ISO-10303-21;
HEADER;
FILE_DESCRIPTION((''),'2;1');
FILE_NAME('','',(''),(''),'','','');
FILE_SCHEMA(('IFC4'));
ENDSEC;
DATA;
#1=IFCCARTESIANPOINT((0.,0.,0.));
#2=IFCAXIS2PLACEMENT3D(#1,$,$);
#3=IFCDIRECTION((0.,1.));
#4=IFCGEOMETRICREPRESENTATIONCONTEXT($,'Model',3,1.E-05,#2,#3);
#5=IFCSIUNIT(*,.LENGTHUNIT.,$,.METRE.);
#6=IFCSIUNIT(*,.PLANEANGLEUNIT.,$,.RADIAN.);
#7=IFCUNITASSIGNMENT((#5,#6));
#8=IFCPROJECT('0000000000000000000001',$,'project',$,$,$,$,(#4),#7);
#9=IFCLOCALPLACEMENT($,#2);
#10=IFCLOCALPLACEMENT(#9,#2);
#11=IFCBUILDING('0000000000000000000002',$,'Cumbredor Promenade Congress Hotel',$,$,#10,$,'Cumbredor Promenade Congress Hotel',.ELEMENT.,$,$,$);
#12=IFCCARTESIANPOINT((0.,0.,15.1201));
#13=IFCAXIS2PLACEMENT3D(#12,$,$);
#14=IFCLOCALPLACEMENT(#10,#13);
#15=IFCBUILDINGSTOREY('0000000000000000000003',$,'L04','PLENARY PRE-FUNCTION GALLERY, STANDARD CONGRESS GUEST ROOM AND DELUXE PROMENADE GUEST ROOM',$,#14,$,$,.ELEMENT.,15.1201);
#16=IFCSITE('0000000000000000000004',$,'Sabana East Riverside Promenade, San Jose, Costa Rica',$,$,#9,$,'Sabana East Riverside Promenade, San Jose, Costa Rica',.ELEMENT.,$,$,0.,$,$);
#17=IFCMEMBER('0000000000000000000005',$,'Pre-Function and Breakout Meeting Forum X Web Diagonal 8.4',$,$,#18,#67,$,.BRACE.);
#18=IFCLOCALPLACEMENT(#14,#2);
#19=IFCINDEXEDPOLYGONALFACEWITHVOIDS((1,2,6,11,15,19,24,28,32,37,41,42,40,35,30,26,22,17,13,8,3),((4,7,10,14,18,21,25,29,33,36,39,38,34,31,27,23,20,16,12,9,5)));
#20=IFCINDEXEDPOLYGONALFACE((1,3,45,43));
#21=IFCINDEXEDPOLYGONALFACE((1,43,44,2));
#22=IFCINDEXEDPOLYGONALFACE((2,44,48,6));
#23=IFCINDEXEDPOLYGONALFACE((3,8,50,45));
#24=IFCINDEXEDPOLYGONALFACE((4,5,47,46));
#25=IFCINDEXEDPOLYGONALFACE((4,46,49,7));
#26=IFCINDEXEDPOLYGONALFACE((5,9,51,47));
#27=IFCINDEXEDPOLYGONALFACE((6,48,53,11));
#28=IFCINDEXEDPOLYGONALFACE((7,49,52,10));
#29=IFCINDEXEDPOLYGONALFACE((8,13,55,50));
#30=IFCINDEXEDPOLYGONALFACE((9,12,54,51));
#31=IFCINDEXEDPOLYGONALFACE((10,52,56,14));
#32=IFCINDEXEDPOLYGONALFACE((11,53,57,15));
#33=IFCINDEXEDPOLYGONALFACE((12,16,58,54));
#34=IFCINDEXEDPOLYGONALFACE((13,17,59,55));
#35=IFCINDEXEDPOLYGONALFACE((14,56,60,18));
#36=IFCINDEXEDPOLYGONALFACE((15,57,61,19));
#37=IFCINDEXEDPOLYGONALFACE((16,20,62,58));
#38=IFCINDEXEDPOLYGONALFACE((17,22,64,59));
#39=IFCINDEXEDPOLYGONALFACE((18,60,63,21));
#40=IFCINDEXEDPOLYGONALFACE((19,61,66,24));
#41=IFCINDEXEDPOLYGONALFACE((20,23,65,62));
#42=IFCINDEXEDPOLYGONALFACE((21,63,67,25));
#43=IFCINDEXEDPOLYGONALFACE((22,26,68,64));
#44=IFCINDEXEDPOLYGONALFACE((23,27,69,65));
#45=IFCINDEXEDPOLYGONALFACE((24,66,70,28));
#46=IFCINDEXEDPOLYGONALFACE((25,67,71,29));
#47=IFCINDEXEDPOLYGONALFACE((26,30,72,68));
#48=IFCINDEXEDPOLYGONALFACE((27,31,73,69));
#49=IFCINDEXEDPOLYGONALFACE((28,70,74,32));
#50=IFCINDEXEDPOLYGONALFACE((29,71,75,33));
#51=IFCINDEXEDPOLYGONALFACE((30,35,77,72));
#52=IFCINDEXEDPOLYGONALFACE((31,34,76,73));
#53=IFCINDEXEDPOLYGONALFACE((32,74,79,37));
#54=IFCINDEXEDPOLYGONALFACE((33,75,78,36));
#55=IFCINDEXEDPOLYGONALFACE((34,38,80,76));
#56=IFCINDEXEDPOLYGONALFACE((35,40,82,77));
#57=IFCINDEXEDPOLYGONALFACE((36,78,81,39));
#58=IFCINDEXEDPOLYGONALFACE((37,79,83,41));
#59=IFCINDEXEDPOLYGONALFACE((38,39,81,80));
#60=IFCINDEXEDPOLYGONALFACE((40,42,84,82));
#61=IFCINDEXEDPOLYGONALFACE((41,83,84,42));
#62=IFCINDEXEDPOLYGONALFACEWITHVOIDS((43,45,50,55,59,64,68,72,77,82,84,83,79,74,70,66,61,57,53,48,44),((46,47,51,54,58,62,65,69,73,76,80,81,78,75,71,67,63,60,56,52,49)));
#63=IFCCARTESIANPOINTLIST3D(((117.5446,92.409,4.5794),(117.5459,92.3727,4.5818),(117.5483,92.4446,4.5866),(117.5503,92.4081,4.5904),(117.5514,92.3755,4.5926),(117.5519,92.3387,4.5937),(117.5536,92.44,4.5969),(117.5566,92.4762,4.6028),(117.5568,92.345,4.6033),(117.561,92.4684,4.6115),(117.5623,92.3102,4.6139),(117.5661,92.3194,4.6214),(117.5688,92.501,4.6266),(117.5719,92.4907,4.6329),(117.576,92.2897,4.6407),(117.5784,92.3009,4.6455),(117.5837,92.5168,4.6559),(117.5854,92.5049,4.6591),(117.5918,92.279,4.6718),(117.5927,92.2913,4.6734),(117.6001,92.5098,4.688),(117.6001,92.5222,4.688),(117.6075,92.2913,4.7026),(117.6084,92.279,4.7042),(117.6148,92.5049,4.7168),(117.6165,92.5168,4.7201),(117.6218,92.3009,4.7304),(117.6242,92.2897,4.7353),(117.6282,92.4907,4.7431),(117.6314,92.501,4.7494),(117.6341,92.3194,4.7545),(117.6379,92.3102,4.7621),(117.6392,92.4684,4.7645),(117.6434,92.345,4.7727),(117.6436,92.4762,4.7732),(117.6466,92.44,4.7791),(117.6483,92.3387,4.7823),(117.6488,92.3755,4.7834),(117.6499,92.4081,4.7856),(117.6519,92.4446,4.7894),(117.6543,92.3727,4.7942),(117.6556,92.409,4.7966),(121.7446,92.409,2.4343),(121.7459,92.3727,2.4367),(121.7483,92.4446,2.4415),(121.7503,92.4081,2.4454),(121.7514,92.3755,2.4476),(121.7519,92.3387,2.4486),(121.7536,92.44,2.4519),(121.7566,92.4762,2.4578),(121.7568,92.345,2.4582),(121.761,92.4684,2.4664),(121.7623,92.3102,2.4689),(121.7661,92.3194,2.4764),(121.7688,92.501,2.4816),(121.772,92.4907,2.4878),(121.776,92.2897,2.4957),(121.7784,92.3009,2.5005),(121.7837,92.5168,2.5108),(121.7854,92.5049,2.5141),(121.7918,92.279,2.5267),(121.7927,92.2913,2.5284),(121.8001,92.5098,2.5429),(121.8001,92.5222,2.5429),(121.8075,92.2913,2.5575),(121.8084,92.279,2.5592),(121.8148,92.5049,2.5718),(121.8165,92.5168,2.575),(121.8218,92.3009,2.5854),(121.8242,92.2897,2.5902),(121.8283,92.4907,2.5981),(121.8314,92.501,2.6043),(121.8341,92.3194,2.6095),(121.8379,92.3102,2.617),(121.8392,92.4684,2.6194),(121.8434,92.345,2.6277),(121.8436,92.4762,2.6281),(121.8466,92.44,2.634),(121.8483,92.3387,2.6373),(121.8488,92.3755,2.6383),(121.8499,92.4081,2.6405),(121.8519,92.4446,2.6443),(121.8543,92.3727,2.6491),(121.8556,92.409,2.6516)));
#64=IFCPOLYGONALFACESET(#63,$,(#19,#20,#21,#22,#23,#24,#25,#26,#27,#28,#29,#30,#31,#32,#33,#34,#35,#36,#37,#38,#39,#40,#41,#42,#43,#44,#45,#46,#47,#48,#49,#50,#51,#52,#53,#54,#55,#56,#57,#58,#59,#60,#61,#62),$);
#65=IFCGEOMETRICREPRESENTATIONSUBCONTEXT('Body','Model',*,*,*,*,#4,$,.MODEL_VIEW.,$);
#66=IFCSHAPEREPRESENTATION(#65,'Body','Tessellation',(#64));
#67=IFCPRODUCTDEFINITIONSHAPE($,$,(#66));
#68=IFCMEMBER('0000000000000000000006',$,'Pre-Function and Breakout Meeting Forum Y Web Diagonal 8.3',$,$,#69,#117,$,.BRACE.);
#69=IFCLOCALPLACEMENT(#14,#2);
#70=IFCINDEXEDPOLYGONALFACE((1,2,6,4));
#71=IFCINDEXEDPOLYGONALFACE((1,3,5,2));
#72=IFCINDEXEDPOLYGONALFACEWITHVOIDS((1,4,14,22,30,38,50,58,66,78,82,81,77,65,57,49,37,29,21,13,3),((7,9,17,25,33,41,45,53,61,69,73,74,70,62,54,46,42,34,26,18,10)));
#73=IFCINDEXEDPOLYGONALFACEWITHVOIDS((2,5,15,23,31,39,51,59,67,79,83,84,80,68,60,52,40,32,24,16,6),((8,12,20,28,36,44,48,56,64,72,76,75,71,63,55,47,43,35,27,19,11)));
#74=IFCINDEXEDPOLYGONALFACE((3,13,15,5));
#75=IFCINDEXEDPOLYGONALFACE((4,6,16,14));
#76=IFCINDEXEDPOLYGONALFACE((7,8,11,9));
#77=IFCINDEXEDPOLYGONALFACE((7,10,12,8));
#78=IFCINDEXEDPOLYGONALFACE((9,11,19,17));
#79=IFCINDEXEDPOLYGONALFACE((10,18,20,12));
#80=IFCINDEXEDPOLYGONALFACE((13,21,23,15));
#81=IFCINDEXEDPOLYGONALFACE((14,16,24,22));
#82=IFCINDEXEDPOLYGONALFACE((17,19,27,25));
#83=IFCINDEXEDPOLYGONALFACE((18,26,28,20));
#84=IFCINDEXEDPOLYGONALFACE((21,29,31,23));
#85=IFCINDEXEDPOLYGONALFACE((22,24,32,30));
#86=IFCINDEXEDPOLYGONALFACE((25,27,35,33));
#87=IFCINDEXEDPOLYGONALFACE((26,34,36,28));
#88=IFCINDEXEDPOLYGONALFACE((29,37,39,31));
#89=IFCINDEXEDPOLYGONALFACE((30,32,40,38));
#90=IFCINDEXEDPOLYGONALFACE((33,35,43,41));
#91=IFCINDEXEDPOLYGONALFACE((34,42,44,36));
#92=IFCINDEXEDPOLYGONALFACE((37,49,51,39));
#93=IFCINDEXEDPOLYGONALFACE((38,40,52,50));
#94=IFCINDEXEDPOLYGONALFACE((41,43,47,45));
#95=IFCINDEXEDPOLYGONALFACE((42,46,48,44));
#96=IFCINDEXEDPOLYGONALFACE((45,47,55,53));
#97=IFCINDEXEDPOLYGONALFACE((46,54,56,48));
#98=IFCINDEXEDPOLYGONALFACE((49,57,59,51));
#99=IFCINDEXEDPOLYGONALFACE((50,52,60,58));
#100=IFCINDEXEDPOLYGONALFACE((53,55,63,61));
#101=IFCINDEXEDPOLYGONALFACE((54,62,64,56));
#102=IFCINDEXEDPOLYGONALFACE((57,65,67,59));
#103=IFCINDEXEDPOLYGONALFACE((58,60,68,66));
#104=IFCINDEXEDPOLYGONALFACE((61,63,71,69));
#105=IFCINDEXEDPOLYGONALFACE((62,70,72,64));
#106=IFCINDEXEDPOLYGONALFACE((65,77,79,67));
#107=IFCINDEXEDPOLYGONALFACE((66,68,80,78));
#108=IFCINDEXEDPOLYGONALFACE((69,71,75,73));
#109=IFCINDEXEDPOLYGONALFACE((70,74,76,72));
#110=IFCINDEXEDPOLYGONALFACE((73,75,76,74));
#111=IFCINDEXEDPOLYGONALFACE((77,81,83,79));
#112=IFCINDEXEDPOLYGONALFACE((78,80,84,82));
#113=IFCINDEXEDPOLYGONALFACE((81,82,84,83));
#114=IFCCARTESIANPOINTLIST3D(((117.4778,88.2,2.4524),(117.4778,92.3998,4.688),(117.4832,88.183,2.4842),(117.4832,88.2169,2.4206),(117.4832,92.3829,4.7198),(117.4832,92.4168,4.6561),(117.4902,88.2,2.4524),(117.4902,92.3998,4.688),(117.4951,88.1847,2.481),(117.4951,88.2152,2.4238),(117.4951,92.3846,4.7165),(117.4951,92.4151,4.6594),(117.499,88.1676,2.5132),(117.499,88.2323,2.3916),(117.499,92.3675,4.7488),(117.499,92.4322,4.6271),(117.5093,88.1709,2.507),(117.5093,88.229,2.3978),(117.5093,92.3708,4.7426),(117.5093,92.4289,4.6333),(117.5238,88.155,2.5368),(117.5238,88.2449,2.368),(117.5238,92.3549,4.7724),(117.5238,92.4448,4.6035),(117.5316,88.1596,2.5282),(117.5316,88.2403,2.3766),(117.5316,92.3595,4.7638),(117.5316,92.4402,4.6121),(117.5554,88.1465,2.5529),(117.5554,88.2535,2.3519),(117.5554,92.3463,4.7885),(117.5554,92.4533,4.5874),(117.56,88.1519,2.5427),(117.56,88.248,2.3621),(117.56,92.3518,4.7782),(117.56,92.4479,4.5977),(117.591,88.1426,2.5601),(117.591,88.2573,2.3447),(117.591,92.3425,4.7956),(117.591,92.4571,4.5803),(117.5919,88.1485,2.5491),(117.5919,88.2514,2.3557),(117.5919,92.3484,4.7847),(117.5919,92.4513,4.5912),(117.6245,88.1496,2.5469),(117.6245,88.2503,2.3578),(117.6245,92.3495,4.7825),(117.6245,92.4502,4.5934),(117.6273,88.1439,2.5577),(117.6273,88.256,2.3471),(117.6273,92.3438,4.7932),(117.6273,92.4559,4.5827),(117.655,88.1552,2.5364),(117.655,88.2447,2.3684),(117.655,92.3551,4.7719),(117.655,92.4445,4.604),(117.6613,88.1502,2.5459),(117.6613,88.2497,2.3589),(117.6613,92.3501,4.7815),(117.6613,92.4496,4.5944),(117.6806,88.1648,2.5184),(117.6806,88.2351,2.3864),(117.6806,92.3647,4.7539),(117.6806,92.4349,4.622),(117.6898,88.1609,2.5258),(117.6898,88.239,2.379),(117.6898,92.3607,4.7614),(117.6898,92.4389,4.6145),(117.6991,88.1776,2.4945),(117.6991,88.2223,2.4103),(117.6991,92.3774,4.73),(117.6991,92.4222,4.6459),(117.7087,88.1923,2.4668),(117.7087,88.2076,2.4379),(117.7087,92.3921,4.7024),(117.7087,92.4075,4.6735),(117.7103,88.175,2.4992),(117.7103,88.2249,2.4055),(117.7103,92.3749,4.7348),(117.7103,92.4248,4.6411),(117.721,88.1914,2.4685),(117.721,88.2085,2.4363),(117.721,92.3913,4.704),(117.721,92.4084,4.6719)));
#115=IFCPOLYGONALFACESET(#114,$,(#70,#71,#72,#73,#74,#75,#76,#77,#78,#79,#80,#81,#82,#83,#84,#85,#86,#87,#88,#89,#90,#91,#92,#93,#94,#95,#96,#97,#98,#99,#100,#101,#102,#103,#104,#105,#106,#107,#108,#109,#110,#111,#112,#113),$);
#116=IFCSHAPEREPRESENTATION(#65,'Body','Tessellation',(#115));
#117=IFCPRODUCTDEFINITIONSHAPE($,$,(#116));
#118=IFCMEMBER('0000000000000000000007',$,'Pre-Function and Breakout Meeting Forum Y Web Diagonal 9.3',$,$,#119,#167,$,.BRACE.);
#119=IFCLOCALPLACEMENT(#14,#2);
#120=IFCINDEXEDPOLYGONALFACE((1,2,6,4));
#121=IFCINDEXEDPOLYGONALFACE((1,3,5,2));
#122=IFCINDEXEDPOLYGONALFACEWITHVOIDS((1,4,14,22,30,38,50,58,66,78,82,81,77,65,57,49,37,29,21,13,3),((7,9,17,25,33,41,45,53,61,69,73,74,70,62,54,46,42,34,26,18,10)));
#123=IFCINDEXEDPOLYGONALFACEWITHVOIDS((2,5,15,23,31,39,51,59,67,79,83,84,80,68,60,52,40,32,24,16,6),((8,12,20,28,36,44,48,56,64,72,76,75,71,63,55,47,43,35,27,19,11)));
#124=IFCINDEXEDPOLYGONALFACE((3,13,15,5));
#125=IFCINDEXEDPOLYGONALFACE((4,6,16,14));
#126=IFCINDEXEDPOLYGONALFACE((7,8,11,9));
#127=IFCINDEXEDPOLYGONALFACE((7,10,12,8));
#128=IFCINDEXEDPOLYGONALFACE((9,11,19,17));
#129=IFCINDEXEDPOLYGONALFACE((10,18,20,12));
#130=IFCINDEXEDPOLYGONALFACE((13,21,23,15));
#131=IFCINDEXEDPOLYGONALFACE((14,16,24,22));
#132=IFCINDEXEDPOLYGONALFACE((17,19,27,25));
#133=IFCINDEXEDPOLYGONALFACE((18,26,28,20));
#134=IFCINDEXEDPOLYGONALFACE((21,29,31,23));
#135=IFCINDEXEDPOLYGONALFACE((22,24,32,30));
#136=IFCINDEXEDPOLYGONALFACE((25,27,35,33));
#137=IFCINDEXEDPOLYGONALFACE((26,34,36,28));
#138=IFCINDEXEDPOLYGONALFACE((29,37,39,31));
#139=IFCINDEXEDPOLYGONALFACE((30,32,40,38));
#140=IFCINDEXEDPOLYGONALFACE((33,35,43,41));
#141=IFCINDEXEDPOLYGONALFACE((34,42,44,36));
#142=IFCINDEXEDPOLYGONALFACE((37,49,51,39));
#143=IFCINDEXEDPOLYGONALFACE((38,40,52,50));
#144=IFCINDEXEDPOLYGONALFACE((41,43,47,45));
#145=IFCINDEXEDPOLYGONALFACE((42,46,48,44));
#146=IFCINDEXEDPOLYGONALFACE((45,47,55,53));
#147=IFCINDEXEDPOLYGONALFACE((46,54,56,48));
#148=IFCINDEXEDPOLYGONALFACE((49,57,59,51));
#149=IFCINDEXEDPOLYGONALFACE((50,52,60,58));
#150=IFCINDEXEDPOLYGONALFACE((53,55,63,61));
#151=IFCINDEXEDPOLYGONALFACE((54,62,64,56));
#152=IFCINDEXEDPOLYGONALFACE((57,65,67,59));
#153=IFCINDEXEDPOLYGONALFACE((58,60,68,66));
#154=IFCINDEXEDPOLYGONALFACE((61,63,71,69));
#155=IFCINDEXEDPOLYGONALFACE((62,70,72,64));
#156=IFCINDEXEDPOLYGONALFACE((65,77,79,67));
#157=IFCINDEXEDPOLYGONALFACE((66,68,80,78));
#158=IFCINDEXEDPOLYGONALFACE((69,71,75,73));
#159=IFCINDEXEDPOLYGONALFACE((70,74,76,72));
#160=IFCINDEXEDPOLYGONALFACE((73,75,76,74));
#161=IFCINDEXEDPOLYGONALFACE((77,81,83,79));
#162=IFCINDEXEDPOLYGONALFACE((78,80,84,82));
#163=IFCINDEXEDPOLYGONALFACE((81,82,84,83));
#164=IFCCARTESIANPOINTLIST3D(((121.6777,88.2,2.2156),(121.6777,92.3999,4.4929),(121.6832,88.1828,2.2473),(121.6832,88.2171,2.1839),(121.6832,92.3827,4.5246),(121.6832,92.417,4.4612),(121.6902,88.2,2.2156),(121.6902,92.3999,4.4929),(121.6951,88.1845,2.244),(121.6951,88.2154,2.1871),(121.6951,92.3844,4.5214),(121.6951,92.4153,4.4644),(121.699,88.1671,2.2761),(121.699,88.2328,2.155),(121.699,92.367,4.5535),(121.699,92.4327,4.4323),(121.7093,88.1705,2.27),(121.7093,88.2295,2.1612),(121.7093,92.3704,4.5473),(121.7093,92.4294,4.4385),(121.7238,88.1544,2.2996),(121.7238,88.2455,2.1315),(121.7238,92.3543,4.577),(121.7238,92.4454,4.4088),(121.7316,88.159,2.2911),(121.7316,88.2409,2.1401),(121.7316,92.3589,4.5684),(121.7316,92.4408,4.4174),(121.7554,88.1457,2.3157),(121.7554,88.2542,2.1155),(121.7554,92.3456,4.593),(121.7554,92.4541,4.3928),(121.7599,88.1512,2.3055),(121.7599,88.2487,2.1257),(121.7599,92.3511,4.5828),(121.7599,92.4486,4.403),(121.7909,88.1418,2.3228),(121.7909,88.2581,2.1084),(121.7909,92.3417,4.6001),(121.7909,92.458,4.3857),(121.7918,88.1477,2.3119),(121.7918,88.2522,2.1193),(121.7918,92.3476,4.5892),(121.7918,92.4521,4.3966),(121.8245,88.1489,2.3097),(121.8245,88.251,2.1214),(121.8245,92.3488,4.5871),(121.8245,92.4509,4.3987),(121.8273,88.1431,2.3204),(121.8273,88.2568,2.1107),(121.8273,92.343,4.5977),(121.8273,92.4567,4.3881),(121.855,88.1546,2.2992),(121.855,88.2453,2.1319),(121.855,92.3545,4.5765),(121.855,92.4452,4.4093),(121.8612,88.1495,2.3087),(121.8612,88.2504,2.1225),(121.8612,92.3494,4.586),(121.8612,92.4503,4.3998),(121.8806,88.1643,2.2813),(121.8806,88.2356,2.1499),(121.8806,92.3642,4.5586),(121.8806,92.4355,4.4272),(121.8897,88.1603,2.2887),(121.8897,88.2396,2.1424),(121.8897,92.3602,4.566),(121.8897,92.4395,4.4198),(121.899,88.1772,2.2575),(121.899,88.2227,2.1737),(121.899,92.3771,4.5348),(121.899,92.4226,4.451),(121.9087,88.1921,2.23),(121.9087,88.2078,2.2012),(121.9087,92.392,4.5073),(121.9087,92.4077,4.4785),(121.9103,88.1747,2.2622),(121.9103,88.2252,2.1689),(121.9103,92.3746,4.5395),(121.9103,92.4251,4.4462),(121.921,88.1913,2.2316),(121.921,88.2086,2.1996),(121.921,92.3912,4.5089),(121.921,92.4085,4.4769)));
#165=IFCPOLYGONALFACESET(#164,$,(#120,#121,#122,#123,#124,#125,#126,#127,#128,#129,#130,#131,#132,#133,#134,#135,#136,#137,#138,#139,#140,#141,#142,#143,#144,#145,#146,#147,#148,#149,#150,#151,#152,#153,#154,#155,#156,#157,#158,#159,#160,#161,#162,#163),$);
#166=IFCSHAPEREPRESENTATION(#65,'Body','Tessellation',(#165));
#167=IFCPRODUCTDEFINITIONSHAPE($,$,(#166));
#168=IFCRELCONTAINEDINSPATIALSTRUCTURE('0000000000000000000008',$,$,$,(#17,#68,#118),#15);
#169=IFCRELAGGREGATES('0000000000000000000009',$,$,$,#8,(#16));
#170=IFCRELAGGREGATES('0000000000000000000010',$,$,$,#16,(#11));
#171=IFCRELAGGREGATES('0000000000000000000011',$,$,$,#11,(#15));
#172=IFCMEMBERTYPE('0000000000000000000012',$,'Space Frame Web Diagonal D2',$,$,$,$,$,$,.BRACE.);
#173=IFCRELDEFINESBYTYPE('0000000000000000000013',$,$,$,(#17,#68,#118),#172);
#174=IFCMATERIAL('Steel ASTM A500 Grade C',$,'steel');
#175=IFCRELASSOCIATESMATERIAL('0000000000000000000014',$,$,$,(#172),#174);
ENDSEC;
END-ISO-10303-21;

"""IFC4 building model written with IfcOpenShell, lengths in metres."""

from ifc_helpers import new_model, si_unit, direction, frame, origin, origin_2d, place, context, subcontext, project, spatial, hollow_circle, extrude, material, material_profile, profile_set, type_object, element, save


model = new_model("IFC4")

# Units and contexts
model_context = context("Model", 3, precision=1e-05, world=origin(), true_north=direction((0.0, 1.0)))
body_context = subcontext(model_context, "Body", "Model", "MODEL_VIEW")
ifc_project = project(units=[si_unit("LENGTHUNIT", "METRE"), si_unit("PLANEANGLEUNIT", "RADIAN")], contexts=[model_context])

# Site, building, storey
site_placement = place(None, origin())
site = spatial("IfcSite", under=ifc_project, at=site_placement, Name="Sabana East Riverside Promenade, San Jose, Costa Rica", LongName="Sabana East Riverside Promenade, San Jose, Costa Rica", CompositionType="ELEMENT", RefElevation=0.0)
building_placement = place(site_placement, origin())
building = spatial("IfcBuilding", under=site, at=building_placement, Name="Cumbredor Promenade Congress Hotel", LongName="Cumbredor Promenade Congress Hotel", CompositionType="ELEMENT")
storey_placement = place(building_placement, frame((0.0, 0.0, 15.1201)))
storey = spatial("IfcBuildingStorey", under=building, at=storey_placement, Name="L04", Description="PLENARY PRE-FUNCTION GALLERY, STANDARD CONGRESS GUEST ROOM AND DELUXE PROMENADE GUEST ROOM", CompositionType="ELEMENT", Elevation=15.1201)

# Members
ifc_material_1 = material(Name="Steel ASTM A500 Grade C", Category="steel")
ifc_material_profile_1 = material_profile(ifc_material_1, hollow_circle(Radius=0.1223, WallThickness=0.0125, at=origin_2d()), Name="CHS 244.5x12.5")
ifc_profile_set_1 = profile_set([ifc_material_profile_1], Name="Steel ASTM A500 Grade C")
member_type_1 = type_object("IfcMemberType", Name="Space Frame Web Diagonal D2", PredefinedType="BRACE", material=ifc_profile_set_1)
member_1_placement = place(storey_placement, frame((117.6001, 92.3999, 4.688), z_axis=(0.890574, 0.0, -0.454838), x_axis=(0.0, 1.0, 0.0)))
element("IfcMember", 1, at=member_1_placement, inside=storey, type_object=member_type_1, Name="Pre-Function and Breakout Meeting Forum X Web Diagonal 8.4", PredefinedType="BRACE", context=body_context, shape_type="SweptSolid", body=[
    extrude(hollow_circle(Radius=0.1223, WallThickness=0.0125, at=origin_2d()), origin(), (0.0, 0.0, 1.0), 4.7161),
])
member_2_placement = place(storey_placement, frame((117.6001, 88.2, 2.4524), z_axis=(0.0, 0.882735, 0.469872), x_axis=(-1.0, 0.0, 0.0)))
element("IfcMember", 2, at=member_2_placement, inside=storey, type_object=member_type_1, Name="Pre-Function and Breakout Meeting Forum Y Web Diagonal 8.3", PredefinedType="BRACE", context=body_context, shape_type="SweptSolid", body=[
    extrude(hollow_circle(Radius=0.1223, WallThickness=0.0125, at=origin_2d()), origin(), (0.0, 0.0, 1.0), 4.7578),
])
member_3_placement = place(storey_placement, frame((121.8, 88.2, 2.2156), z_axis=(0.0, 0.879084, 0.476667), x_axis=(-1.0, 0.0, 0.0)))
element("IfcMember", 3, at=member_3_placement, inside=storey, type_object=member_type_1, Name="Pre-Function and Breakout Meeting Forum Y Web Diagonal 9.3", PredefinedType="BRACE", context=body_context, shape_type="SweptSolid", body=[
    extrude(hollow_circle(Radius=0.1223, WallThickness=0.0125, at=origin_2d()), origin(), (0.0, 0.0, 1.0), 4.7776),
])

save(model, "model.ifc")
